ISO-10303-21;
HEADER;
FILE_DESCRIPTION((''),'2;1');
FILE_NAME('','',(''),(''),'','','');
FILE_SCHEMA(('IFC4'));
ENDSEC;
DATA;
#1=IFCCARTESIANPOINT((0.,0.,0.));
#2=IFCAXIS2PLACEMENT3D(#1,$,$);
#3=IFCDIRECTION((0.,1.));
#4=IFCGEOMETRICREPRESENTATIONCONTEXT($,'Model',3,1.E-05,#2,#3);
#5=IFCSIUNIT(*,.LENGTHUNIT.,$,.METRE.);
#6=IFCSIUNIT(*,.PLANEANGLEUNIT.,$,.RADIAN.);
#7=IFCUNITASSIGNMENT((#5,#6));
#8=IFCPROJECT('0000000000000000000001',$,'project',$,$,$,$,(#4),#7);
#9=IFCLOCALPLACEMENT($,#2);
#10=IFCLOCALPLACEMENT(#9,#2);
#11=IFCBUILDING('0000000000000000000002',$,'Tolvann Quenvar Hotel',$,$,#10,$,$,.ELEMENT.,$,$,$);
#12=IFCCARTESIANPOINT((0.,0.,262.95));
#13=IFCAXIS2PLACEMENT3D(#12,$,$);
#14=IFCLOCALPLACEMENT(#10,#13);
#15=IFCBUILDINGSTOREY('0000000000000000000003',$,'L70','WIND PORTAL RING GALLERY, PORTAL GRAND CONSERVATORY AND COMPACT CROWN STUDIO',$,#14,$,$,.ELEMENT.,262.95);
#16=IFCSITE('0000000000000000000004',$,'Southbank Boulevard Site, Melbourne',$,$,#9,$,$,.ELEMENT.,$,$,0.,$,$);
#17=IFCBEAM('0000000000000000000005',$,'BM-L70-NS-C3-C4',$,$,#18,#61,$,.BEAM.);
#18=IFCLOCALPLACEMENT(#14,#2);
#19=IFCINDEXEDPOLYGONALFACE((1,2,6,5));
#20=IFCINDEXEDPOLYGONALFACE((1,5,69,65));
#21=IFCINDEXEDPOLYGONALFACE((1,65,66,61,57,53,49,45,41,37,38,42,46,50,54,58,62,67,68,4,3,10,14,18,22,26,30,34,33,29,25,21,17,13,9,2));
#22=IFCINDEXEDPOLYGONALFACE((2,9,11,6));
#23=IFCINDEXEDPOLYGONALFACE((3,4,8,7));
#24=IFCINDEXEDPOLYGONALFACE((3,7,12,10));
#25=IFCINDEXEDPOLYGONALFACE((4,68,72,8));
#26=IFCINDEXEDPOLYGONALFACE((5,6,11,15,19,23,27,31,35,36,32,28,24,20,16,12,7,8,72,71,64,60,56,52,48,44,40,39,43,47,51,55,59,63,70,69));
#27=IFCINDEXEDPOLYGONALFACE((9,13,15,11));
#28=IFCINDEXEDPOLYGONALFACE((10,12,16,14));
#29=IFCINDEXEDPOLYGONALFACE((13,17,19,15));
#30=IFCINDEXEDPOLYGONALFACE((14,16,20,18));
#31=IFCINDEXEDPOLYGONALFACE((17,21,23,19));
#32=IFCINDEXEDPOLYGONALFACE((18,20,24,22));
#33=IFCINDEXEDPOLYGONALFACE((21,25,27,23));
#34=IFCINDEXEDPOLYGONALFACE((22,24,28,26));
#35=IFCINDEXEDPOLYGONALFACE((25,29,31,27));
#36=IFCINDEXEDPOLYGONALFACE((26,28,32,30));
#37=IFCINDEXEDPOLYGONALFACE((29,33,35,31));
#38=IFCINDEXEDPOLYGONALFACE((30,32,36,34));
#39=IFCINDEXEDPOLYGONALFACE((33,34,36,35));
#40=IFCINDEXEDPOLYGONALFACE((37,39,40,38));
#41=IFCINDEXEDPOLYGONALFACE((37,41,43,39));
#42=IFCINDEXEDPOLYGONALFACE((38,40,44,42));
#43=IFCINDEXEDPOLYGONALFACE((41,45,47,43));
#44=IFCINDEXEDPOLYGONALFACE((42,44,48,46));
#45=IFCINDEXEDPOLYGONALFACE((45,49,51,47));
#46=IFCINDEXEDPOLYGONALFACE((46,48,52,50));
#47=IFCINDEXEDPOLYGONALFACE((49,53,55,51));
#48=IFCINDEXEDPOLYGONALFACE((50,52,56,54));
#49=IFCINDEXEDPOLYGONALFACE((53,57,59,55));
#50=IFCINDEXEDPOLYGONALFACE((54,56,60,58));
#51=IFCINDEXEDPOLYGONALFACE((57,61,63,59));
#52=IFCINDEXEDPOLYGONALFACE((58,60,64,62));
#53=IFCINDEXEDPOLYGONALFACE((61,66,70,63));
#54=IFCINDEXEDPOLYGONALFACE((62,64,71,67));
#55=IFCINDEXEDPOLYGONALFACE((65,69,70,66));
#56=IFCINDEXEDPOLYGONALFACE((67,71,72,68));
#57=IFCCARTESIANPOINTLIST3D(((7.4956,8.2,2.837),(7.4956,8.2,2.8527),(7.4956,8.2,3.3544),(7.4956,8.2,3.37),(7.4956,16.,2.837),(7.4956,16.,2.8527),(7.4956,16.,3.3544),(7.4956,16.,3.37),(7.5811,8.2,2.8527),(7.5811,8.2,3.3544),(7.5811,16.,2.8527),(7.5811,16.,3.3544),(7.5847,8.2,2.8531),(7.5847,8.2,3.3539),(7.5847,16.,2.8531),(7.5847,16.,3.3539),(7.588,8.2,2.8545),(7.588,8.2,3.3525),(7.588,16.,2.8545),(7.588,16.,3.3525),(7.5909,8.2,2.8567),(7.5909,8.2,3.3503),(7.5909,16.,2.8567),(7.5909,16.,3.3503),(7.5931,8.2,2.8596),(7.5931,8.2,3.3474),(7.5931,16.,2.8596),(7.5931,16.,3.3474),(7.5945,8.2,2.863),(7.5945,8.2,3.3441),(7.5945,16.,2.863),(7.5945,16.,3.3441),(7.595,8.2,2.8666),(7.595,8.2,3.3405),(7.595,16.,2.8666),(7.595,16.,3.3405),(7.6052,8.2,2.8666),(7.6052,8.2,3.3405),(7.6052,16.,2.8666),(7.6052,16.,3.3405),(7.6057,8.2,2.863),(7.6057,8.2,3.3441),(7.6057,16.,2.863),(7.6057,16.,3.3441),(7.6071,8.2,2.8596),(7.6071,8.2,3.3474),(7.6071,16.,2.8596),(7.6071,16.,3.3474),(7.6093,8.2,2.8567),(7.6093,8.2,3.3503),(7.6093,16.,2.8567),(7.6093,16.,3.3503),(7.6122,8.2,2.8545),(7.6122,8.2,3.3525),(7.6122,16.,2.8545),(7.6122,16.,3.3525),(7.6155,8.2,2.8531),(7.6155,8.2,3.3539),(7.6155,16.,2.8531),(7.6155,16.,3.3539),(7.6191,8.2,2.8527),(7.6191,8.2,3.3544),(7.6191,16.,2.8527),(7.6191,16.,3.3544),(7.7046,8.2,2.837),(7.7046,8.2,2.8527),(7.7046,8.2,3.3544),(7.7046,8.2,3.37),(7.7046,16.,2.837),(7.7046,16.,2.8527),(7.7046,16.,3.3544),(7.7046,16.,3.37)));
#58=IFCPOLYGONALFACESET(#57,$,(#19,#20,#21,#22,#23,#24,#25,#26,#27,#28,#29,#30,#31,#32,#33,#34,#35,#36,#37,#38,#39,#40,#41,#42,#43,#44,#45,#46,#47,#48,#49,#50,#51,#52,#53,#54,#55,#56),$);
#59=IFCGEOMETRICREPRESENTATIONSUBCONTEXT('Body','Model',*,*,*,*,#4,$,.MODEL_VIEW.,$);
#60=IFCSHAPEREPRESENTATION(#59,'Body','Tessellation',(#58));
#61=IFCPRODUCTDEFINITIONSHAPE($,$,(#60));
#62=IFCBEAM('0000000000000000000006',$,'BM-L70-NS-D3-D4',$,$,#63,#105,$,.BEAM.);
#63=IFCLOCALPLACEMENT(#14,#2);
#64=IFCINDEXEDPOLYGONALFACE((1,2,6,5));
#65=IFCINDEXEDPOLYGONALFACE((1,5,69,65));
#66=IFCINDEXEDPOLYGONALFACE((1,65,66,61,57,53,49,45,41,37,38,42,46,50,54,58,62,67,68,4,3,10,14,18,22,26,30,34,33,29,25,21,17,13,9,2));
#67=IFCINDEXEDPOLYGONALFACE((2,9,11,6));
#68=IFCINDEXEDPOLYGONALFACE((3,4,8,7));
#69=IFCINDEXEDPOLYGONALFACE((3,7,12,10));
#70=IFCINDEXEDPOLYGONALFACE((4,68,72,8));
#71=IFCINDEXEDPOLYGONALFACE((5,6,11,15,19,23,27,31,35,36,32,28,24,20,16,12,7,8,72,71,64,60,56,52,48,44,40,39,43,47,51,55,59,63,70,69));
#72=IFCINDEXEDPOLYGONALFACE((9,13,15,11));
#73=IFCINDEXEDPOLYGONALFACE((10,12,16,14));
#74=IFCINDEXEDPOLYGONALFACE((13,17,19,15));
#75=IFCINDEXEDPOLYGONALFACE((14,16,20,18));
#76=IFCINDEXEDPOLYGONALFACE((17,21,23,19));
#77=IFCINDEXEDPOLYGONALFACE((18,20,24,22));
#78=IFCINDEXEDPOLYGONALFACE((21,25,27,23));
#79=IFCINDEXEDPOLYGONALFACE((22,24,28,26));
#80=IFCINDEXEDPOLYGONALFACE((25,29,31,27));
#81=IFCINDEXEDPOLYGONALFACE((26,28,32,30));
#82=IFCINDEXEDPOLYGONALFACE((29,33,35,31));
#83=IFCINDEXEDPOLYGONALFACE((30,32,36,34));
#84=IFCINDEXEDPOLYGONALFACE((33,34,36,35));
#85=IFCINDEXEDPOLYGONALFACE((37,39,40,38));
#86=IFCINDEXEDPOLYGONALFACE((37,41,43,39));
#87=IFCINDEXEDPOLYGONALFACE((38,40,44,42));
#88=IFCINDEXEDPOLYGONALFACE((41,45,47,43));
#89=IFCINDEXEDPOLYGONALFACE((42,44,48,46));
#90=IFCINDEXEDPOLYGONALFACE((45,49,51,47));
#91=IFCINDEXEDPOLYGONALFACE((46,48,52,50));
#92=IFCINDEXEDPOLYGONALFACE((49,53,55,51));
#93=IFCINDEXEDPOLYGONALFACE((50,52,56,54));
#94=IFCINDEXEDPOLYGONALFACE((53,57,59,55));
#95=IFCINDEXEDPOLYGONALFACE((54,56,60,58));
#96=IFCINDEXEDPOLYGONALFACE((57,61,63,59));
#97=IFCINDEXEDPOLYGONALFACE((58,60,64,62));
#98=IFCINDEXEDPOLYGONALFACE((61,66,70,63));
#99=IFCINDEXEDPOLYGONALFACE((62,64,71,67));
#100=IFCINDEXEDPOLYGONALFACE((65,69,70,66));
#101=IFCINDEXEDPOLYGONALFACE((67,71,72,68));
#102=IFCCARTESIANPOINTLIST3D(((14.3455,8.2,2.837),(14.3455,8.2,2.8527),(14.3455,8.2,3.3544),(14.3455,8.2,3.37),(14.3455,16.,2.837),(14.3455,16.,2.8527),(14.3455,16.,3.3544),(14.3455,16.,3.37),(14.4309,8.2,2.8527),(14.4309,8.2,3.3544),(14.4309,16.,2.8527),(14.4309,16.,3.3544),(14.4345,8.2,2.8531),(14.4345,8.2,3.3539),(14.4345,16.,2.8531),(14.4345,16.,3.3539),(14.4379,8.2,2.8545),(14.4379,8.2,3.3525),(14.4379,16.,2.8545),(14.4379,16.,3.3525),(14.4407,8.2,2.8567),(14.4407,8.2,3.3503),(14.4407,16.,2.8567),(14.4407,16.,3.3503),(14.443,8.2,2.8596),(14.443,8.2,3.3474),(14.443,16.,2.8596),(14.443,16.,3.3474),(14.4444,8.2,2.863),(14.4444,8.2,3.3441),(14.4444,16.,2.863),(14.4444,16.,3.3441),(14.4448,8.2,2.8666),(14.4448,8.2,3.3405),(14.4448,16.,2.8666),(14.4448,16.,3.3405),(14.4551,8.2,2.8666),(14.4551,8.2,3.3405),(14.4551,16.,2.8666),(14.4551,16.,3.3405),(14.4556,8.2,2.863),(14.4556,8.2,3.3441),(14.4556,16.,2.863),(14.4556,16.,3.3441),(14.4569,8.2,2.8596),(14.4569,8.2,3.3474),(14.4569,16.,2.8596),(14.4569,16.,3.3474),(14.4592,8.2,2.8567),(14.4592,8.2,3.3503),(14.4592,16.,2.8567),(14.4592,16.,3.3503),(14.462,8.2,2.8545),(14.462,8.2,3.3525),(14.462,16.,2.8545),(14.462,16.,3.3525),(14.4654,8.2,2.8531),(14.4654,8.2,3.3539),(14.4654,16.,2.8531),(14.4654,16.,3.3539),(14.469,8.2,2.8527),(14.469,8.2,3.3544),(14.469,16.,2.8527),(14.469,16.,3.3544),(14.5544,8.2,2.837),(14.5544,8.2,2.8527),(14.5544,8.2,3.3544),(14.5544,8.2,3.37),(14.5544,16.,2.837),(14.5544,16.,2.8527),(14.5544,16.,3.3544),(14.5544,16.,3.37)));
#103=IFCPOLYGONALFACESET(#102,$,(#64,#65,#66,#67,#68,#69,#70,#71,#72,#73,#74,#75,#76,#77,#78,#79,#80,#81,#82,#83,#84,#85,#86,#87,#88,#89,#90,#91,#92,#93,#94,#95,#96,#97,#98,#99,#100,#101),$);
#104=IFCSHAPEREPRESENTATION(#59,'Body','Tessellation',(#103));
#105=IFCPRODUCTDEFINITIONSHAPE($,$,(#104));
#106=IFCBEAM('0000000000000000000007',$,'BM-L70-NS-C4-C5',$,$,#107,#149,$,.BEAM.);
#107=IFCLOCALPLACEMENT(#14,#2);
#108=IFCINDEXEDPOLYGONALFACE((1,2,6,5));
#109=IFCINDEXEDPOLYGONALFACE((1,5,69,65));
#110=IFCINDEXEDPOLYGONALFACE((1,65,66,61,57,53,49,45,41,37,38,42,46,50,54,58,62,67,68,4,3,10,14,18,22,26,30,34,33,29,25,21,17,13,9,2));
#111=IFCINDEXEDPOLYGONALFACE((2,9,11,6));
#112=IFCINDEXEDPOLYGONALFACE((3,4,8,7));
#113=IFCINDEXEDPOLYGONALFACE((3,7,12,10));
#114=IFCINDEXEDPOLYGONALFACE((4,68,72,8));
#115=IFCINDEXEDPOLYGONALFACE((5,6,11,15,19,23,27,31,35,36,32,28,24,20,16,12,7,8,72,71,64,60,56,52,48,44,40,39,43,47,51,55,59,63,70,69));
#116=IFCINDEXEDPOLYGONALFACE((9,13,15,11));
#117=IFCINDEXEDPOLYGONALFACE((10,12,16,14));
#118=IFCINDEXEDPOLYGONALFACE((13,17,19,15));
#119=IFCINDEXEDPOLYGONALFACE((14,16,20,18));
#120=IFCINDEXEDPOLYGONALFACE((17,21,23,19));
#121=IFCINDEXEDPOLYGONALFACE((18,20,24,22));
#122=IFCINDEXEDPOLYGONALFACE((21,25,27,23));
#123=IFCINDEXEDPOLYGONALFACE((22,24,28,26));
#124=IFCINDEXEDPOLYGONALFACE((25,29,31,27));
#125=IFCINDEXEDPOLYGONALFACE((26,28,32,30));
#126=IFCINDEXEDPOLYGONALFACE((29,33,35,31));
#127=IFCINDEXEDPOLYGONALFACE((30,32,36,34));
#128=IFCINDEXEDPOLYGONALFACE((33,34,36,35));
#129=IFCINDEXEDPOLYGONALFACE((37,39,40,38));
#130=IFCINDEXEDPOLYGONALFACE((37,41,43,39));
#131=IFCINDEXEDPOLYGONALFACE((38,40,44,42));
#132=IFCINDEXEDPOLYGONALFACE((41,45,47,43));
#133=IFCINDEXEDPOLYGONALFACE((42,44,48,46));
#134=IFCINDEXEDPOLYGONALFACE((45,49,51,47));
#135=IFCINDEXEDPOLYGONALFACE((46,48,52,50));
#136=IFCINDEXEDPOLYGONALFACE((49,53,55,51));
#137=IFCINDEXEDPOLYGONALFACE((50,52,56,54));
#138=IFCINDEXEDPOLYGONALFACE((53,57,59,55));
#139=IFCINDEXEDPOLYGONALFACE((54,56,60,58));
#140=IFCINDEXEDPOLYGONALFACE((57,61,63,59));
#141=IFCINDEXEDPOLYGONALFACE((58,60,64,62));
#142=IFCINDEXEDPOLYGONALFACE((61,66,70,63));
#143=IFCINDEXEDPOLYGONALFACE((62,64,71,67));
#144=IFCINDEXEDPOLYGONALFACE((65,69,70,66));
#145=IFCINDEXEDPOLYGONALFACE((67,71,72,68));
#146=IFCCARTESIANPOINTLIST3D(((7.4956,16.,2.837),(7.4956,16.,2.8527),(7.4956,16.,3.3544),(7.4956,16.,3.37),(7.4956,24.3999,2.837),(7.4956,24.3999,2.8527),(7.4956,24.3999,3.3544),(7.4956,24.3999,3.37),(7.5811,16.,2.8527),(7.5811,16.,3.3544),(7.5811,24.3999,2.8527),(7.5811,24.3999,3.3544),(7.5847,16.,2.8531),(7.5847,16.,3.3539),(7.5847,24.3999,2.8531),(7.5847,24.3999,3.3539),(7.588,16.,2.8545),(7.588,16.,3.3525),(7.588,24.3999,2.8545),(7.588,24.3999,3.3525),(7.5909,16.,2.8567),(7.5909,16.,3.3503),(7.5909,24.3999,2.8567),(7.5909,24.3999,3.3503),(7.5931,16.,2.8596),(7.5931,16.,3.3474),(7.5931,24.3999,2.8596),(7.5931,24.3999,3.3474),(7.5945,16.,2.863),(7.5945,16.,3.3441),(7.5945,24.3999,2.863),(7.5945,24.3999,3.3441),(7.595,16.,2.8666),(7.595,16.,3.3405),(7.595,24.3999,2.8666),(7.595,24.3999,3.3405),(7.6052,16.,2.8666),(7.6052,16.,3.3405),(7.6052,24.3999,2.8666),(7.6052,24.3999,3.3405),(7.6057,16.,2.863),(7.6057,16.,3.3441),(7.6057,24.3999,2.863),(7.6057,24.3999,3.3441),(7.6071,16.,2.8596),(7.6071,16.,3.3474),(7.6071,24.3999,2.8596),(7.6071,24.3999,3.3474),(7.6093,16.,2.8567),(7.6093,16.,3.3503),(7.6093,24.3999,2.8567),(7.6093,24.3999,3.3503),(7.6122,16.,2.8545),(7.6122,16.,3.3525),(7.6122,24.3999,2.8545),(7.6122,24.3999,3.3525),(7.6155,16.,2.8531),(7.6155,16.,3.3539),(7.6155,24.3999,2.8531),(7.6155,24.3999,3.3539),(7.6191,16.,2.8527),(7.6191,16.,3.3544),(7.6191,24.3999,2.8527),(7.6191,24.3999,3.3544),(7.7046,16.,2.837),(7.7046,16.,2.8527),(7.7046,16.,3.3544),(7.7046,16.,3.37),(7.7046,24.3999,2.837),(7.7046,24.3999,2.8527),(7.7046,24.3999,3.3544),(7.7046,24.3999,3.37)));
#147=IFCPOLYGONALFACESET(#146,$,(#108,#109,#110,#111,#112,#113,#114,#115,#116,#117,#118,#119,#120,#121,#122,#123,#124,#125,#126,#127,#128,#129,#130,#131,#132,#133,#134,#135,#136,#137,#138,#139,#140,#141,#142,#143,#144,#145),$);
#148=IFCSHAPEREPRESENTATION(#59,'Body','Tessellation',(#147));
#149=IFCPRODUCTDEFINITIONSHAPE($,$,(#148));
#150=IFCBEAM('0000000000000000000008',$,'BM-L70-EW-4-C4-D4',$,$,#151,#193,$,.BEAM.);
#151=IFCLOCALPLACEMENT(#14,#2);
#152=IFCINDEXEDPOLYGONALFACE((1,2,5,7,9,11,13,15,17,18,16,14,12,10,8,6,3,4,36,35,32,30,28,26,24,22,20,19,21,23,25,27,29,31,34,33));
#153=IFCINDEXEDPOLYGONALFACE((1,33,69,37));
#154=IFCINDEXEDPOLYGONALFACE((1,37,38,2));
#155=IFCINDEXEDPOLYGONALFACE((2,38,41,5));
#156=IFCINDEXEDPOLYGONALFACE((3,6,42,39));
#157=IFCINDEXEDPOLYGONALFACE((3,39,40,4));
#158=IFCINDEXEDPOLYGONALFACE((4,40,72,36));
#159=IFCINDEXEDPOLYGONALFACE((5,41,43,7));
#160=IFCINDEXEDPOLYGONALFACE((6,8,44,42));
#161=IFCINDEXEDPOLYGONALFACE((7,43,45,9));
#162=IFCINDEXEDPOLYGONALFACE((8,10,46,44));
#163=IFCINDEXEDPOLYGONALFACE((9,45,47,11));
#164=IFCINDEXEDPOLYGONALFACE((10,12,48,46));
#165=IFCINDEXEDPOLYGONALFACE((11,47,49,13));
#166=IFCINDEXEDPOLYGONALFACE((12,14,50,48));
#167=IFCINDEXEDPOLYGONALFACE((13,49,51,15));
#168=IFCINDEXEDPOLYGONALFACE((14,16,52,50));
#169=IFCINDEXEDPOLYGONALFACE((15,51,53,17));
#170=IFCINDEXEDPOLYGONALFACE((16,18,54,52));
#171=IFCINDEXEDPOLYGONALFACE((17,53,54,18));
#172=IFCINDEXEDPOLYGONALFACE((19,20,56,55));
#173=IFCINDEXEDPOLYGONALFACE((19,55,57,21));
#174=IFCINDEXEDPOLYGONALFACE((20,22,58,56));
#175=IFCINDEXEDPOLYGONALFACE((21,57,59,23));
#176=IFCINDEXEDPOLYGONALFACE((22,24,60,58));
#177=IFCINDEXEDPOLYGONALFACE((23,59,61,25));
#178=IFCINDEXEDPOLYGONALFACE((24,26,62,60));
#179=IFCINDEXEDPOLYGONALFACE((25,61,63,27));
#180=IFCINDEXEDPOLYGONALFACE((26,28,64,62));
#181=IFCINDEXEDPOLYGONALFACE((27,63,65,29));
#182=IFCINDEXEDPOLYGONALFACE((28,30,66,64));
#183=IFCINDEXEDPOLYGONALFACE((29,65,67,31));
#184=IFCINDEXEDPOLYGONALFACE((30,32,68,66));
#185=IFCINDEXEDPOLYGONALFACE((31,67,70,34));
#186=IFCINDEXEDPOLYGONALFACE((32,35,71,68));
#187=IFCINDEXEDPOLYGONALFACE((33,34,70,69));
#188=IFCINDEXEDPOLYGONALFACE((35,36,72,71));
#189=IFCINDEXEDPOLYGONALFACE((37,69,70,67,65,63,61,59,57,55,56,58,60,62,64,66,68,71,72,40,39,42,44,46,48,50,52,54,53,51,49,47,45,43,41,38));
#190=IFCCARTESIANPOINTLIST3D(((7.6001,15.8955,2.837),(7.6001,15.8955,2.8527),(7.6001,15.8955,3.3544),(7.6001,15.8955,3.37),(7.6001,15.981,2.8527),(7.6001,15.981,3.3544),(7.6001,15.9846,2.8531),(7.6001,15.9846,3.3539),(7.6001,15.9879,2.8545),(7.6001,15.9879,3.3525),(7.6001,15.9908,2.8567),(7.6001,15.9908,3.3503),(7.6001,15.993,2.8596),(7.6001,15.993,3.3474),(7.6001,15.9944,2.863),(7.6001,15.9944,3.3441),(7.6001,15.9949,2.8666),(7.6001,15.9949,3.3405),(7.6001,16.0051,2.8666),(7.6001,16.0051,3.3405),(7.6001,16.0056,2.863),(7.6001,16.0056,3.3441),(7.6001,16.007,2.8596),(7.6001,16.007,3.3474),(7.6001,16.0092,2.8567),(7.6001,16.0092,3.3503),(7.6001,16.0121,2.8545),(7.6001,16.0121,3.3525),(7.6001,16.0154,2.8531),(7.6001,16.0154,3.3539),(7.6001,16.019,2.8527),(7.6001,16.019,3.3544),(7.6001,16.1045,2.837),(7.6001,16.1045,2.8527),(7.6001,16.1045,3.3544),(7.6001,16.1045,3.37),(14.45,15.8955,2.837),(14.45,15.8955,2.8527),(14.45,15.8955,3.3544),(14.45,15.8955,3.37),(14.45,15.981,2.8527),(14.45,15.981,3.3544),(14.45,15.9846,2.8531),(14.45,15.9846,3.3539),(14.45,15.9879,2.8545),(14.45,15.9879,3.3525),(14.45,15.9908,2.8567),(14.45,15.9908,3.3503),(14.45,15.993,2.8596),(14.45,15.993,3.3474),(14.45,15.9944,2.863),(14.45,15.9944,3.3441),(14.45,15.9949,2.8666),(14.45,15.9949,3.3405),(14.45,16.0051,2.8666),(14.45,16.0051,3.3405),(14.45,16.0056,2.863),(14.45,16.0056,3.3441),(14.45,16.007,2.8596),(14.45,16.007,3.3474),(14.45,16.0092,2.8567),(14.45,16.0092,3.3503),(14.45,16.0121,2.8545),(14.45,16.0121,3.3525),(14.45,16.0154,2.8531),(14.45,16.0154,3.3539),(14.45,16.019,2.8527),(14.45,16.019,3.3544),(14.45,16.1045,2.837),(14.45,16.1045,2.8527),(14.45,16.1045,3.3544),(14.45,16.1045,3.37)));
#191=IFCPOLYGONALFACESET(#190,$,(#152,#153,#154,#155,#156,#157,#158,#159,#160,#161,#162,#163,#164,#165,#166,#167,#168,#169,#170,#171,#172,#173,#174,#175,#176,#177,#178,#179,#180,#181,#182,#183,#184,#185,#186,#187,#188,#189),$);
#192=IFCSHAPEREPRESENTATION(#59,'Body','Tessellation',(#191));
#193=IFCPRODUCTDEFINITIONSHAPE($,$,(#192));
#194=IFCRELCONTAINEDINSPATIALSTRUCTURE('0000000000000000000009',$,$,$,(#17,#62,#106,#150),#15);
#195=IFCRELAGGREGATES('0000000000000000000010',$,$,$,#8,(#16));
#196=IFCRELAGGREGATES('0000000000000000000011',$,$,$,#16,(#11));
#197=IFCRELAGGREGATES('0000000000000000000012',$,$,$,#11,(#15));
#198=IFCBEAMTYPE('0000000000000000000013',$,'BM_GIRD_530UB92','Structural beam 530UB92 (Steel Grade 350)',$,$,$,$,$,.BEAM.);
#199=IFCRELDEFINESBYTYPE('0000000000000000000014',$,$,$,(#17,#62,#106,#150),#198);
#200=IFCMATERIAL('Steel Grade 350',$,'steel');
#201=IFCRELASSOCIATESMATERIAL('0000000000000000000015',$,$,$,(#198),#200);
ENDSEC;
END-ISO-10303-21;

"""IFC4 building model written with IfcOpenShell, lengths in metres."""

from ifc_helpers import new_model, si_unit, direction, frame, origin, origin_2d, place, context, subcontext, project, spatial, i_section, extrude, source, transform, mapped, material, material_profile, profile_set, type_object, element, save


model = new_model("IFC4")

# Units and contexts
model_context = context("Model", 3, precision=1e-05, world=origin(), true_north=direction((0.0, 1.0)))
body_context = subcontext(model_context, "Body", "Model", "MODEL_VIEW")
ifc_project = project(units=[si_unit("LENGTHUNIT", "METRE"), si_unit("PLANEANGLEUNIT", "RADIAN")], contexts=[model_context])

# Site, building, storey
site_placement = place(None, origin())
site = spatial("IfcSite", under=ifc_project, at=site_placement, Name="Southbank Boulevard Site, Melbourne", CompositionType="ELEMENT", RefElevation=0.0)
building_placement = place(site_placement, origin())
building = spatial("IfcBuilding", under=site, at=building_placement, Name="Tolvann Quenvar Hotel", CompositionType="ELEMENT")
storey_placement = place(building_placement, frame((0.0, 0.0, 262.95)))
storey = spatial("IfcBuildingStorey", under=building, at=storey_placement, Name="L70", Description="WIND PORTAL RING GALLERY, PORTAL GRAND CONSERVATORY AND COMPACT CROWN STUDIO", CompositionType="ELEMENT", Elevation=262.95)

# Shared definitions
ifc_material_1 = material(Name="Steel Grade 350", Category="steel")

# Beams
ifc_material_profile_1 = material_profile(ifc_material_1, i_section(OverallWidth=0.209, OverallDepth=0.533, WebThickness=0.0103, FlangeThickness=0.0156, FilletRadius=0.0139, at=origin_2d()), Name="530UB92")
ifc_profile_set_1 = profile_set([ifc_material_profile_1], Name="Steel Grade 350")
beam_type_1 = type_object("IfcBeamType", Name="BM_GIRD_530UB92", Description="Structural beam 530UB92 (Steel Grade 350)", PredefinedType="BEAM", material=ifc_profile_set_1)
shared_shape_1 = source(origin(), body_context, "Body", "SweptSolid", [
    extrude(i_section(OverallWidth=0.209, OverallDepth=0.533, WebThickness=0.0103, FlangeThickness=0.0156, FilletRadius=0.0139, at=origin_2d()), origin(), (0.0, 0.0, 1.0), 7.8),
])
for number, where, z_axis, x_axis, name in (
    (1, (7.6001, 8.2, 3.1035), (0.0, 1.0, 0.0), (-1.0, 0.0, 0.0), "BM-L70-NS-C3-C4"),
    (2, (14.45, 8.2, 3.1035), (0.0, 1.0, 0.0), (-1.0, 0.0, 0.0), "BM-L70-NS-D3-D4"),
):
    element("IfcBeam", number, at=place(storey_placement, frame(where, z_axis=z_axis, x_axis=x_axis)), inside=storey, type_object=beam_type_1, Name=name, PredefinedType="BEAM", context=body_context, shape_type="MappedRepresentation", body=[
        mapped(shared_shape_1, transform((0.0, 0.0, 0.0), x_axis=(1.0, 0.0, 0.0), y_axis=(0.0, 1.0, 0.0), z_axis=(0.0, 0.0, 1.0), scale=1.0)),
    ])
shared_shape_2 = source(origin(), body_context, "Body", "SweptSolid", [
    extrude(i_section(OverallWidth=0.209, OverallDepth=0.533, WebThickness=0.0103, FlangeThickness=0.0156, FilletRadius=0.0139, at=origin_2d()), origin(), (0.0, 0.0, 1.0), 8.3999),
])
beam_1_placement = place(storey_placement, frame((7.6001, 16.0, 3.1035), z_axis=(0.0, 1.0, 0.0), x_axis=(-1.0, 0.0, 0.0)))
element("IfcBeam", 3, at=beam_1_placement, inside=storey, type_object=beam_type_1, Name="BM-L70-NS-C4-C5", PredefinedType="BEAM", context=body_context, shape_type="MappedRepresentation", body=[
    mapped(shared_shape_2, transform((0.0, 0.0, 0.0), x_axis=(1.0, 0.0, 0.0), y_axis=(0.0, 1.0, 0.0), z_axis=(0.0, 0.0, 1.0), scale=1.0)),
])
shared_shape_3 = source(origin(), body_context, "Body", "SweptSolid", [
    extrude(i_section(OverallWidth=0.209, OverallDepth=0.533, WebThickness=0.0103, FlangeThickness=0.0156, FilletRadius=0.0139, at=origin_2d()), origin(), (0.0, 0.0, 1.0), 6.8499),
])
beam_2_placement = place(storey_placement, frame((7.6001, 16.0, 3.1035), z_axis=(1.0, 0.0, 0.0), x_axis=(0.0, 1.0, 0.0)))
element("IfcBeam", 4, at=beam_2_placement, inside=storey, type_object=beam_type_1, Name="BM-L70-EW-4-C4-D4", PredefinedType="BEAM", context=body_context, shape_type="MappedRepresentation", body=[
    mapped(shared_shape_3, transform((0.0, 0.0, 0.0), x_axis=(1.0, 0.0, 0.0), y_axis=(0.0, 1.0, 0.0), z_axis=(0.0, 0.0, 1.0), scale=1.0)),
])

save(model, "model.ifc")
